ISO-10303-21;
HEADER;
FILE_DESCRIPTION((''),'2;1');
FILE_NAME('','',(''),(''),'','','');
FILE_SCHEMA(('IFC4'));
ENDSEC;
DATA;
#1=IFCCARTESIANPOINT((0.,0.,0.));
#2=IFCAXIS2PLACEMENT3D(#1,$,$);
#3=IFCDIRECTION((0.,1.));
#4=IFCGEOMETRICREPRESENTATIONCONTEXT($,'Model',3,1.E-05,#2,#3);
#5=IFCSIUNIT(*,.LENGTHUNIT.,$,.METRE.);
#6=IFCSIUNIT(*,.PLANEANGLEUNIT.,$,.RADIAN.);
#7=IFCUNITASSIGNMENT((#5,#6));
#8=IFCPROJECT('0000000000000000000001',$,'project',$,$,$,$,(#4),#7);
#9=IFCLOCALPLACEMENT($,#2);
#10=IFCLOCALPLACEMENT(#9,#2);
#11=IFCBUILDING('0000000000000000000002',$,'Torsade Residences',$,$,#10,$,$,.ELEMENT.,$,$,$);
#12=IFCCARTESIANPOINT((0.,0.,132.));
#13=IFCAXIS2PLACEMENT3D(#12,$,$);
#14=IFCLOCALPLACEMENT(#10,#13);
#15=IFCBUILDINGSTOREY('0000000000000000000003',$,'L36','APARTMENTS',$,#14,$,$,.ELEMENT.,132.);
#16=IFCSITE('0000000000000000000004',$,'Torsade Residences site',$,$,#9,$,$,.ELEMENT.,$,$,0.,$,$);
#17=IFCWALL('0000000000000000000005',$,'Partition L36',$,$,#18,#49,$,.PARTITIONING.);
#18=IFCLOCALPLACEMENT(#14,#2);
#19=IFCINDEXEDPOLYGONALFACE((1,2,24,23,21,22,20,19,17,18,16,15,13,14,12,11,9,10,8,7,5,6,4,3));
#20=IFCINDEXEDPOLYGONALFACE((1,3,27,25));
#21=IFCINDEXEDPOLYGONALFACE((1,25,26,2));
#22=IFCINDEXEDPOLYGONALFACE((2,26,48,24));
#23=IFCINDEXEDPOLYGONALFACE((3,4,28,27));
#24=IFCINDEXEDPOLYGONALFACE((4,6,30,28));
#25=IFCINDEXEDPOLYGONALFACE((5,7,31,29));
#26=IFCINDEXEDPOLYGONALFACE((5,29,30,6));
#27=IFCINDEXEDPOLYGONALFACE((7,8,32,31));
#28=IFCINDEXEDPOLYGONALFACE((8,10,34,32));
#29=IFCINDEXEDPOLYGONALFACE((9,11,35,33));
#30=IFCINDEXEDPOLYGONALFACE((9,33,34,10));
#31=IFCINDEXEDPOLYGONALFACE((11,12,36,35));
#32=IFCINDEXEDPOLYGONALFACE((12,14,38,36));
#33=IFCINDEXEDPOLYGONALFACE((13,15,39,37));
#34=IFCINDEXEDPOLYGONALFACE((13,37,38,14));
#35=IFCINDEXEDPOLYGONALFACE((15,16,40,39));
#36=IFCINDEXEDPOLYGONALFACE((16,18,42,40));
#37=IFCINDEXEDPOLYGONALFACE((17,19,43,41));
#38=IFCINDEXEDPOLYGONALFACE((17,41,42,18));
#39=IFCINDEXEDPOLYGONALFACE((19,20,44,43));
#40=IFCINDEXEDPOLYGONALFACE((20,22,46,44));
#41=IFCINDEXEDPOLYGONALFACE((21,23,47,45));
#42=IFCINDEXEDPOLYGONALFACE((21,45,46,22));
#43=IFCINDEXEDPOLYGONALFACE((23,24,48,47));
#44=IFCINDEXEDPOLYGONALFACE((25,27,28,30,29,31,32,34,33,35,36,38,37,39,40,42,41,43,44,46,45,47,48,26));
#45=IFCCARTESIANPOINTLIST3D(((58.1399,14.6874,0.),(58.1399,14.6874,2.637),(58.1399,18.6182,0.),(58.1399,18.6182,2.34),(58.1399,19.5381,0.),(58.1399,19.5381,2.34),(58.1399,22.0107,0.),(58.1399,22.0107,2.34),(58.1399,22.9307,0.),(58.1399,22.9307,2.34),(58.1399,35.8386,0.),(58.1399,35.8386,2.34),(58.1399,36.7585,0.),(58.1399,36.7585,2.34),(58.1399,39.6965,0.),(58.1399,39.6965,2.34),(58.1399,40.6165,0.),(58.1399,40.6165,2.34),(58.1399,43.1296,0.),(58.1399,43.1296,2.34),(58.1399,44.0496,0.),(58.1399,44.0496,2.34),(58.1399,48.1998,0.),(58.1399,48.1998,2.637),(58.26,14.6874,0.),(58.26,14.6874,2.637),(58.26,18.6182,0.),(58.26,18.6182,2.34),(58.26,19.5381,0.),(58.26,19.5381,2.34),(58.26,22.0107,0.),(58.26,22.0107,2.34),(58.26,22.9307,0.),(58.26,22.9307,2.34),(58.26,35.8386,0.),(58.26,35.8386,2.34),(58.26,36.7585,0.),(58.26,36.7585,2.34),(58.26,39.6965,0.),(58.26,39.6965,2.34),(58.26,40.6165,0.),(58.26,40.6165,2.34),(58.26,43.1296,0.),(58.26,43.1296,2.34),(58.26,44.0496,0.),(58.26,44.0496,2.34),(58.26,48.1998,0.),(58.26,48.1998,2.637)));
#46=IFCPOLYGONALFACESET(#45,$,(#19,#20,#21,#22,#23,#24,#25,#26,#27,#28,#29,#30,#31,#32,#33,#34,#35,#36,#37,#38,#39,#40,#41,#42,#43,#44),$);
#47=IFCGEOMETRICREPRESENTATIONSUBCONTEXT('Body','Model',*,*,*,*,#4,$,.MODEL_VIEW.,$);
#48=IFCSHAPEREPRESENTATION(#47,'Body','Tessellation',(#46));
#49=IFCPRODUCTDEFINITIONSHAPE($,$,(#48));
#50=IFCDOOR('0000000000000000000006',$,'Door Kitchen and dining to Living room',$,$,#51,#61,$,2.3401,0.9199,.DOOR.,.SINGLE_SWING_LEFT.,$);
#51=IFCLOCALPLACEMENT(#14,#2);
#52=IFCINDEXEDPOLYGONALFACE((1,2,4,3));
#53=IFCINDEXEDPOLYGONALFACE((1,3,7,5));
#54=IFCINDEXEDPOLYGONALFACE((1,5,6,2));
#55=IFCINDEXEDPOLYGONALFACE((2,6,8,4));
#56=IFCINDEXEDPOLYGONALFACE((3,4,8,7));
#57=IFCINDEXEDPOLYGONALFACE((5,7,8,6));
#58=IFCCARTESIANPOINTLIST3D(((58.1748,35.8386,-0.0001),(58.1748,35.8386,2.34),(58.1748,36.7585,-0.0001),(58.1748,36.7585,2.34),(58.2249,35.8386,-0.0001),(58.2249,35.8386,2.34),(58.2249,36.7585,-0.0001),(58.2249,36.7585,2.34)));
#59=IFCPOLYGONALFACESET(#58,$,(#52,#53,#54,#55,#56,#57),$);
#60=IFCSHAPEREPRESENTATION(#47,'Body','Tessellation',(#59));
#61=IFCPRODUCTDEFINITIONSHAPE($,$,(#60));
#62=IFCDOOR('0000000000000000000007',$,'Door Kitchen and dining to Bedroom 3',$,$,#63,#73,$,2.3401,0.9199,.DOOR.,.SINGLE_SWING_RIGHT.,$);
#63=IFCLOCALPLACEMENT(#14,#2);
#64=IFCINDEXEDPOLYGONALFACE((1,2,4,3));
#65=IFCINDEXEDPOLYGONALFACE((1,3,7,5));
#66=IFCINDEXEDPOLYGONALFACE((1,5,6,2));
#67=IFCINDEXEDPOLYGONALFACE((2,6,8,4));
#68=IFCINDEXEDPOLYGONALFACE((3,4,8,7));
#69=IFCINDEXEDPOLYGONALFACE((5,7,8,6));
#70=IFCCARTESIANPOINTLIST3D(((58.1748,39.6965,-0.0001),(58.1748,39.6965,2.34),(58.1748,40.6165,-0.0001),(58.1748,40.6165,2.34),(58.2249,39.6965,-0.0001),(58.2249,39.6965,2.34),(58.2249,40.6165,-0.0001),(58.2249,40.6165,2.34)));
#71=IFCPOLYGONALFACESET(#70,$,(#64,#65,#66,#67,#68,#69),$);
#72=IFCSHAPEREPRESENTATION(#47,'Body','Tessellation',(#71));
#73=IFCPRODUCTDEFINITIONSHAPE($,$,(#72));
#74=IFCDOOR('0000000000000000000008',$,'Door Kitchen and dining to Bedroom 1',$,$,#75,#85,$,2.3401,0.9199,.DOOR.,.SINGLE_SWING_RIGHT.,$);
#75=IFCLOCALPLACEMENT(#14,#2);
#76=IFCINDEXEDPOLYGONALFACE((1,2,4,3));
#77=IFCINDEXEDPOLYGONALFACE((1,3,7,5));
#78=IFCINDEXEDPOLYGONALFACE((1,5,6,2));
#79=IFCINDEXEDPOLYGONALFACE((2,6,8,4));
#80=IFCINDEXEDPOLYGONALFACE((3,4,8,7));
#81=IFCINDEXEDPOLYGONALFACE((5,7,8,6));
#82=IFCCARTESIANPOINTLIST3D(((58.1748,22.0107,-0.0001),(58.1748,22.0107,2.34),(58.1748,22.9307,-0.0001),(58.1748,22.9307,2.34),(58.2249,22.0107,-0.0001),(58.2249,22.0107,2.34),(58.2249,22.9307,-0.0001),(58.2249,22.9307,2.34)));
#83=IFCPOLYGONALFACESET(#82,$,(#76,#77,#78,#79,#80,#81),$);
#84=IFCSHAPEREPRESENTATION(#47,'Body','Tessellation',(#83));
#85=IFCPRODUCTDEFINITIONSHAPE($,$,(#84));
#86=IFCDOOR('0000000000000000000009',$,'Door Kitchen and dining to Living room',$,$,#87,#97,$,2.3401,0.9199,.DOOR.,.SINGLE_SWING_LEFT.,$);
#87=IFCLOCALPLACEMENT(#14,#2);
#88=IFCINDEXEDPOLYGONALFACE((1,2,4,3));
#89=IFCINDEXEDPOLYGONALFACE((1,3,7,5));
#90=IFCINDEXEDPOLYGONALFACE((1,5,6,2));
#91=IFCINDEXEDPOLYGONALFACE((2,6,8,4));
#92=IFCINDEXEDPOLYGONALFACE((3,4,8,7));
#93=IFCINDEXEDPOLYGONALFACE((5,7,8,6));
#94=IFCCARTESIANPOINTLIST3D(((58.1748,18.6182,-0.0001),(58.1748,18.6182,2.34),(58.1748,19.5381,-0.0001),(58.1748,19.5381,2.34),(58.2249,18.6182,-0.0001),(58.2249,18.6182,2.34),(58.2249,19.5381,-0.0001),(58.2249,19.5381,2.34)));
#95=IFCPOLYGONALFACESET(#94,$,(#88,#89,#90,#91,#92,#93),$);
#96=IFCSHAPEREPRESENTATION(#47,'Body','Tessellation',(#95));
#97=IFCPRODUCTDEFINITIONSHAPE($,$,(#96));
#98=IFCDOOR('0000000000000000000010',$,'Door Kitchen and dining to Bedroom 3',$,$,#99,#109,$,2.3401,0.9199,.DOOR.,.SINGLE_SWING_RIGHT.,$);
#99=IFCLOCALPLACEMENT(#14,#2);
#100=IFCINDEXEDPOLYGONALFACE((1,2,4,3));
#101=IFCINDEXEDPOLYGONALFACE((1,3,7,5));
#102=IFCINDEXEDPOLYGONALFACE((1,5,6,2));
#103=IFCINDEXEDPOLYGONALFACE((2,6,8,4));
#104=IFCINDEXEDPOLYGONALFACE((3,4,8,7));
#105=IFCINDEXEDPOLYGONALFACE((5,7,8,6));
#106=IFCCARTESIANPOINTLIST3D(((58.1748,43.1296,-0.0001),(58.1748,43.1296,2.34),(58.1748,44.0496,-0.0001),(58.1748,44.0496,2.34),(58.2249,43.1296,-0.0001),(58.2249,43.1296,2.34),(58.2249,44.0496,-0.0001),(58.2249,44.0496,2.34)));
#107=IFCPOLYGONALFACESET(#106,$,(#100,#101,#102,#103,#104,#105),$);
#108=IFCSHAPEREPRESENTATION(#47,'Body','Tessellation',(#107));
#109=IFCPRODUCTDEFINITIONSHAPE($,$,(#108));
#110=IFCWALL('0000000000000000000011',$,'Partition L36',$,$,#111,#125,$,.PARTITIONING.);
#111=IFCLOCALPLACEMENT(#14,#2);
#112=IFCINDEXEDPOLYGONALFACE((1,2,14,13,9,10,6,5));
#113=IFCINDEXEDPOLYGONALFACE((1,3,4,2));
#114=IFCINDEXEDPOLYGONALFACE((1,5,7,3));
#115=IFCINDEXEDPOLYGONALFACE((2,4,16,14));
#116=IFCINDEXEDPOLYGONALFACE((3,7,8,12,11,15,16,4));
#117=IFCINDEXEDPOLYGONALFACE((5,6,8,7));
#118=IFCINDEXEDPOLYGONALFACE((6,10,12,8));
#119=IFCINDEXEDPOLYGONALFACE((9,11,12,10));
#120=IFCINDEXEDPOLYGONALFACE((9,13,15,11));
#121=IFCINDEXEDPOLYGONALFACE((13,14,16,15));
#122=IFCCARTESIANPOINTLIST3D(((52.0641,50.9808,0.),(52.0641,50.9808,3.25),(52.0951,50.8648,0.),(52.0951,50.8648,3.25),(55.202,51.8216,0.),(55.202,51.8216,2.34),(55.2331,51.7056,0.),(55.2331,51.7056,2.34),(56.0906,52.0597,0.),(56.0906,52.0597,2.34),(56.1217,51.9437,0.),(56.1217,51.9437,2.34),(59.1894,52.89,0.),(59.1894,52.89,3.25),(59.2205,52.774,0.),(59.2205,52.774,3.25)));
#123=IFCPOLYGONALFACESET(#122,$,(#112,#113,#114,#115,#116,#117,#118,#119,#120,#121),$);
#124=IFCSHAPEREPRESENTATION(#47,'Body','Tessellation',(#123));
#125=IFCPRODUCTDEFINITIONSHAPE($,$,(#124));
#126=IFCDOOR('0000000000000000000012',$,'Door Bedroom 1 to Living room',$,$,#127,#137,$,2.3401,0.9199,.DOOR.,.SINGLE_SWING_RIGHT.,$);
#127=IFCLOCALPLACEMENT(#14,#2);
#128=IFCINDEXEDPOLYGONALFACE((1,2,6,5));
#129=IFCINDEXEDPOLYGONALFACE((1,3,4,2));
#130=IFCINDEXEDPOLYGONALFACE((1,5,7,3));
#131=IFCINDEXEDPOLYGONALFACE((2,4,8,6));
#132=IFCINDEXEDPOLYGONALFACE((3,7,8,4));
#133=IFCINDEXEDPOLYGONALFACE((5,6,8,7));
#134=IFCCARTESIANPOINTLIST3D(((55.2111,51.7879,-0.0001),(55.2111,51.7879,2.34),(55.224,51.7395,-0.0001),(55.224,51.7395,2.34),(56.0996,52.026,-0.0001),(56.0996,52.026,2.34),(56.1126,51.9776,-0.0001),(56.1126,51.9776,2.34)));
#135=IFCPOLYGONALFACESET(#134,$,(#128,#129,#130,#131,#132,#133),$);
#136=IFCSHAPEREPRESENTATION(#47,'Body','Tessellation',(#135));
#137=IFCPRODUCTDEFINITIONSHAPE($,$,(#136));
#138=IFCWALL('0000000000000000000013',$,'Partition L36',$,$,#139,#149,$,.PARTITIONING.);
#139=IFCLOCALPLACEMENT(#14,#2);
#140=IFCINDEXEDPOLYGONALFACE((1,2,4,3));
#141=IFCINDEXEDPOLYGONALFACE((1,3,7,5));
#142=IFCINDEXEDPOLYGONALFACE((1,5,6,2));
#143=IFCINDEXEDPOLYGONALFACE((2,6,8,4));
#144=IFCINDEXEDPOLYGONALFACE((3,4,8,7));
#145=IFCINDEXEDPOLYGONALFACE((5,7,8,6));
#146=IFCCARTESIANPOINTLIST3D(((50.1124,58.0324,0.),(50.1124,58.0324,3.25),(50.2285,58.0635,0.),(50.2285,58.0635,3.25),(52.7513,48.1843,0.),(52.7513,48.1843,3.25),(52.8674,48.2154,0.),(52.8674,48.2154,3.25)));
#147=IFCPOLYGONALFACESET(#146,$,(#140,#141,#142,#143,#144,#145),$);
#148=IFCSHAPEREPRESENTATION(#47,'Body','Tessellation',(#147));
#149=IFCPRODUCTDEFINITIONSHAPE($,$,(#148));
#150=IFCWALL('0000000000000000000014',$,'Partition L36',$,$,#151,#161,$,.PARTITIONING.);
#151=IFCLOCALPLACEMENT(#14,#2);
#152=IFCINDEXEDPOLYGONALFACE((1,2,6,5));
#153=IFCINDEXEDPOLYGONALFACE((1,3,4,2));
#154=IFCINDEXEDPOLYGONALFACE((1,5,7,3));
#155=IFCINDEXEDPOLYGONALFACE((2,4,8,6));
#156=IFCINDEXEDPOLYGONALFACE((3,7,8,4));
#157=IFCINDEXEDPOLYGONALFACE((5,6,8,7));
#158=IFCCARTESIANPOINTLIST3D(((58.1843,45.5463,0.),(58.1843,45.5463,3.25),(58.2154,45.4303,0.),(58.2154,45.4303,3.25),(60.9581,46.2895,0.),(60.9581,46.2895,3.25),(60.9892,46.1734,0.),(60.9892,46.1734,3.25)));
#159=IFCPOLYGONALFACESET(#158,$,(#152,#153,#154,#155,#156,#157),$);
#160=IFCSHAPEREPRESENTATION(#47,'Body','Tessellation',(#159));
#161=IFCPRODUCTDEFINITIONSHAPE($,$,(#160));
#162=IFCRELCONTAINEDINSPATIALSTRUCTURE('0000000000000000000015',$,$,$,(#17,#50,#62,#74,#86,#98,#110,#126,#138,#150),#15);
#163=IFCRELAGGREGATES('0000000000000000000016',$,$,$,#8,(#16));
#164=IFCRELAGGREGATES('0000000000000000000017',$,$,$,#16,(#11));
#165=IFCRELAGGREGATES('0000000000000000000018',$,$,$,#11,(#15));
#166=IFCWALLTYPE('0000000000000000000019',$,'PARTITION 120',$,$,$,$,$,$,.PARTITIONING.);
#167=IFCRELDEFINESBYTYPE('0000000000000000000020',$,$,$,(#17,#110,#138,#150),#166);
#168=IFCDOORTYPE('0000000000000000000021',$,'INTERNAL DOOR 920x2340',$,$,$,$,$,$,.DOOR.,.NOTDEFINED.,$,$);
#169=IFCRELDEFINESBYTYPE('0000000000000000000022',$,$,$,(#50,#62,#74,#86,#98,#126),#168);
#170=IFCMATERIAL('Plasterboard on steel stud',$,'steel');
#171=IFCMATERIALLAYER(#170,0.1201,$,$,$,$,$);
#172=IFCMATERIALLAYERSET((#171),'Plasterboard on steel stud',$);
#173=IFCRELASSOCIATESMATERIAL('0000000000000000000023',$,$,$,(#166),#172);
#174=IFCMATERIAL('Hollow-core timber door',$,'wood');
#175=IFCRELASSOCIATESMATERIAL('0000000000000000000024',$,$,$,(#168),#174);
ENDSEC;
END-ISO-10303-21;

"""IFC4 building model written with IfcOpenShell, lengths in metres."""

from ifc_helpers import new_model, si_unit, direction, frame, frame_2d, origin, place, context, subcontext, project, spatial, rectangle, extrude, material, layer, layer_set, type_object, element, fill, save


model = new_model("IFC4")

# Units and contexts
model_context = context("Model", 3, precision=1e-05, world=origin(), true_north=direction((0.0, 1.0)))
body_context = subcontext(model_context, "Body", "Model", "MODEL_VIEW")
ifc_project = project(units=[si_unit("LENGTHUNIT", "METRE"), si_unit("PLANEANGLEUNIT", "RADIAN")], contexts=[model_context])

# Site, building, storey
site_placement = place(None, origin())
site = spatial("IfcSite", under=ifc_project, at=site_placement, Name="Torsade Residences site", CompositionType="ELEMENT", RefElevation=0.0)
building_placement = place(site_placement, origin())
building = spatial("IfcBuilding", under=site, at=building_placement, Name="Torsade Residences", CompositionType="ELEMENT")
storey_placement = place(building_placement, frame((0.0, 0.0, 132.0)))
storey = spatial("IfcBuildingStorey", under=building, at=storey_placement, Name="L36", Description="APARTMENTS", CompositionType="ELEMENT", Elevation=132.0)

# Wall, openings, doors
ifc_material_1 = material(Name="Plasterboard on steel stud", Category="steel")
ifc_layer_1 = layer(ifc_material_1, 0.1201)
ifc_layer_set_1 = layer_set([ifc_layer_1], Name="Plasterboard on steel stud")
wall_type = type_object("IfcWallType", Name="PARTITION 120", PredefinedType="PARTITIONING", material=ifc_layer_set_1)
wall_1_placement = place(storey_placement, frame((58.2, 48.2, 0.0), z_axis=(0.0, 0.0, 1.0), x_axis=(0.0, -1.0, 0.0)))
wall_1 = element("IfcWall", 1, at=wall_1_placement, inside=storey, type_object=wall_type, Name="Partition L36", PredefinedType="PARTITIONING", context=body_context, shape_type="SweptSolid", body=[
    extrude(rectangle(XDim=33.5125, YDim=0.1201, at=frame_2d((16.7563, 0.0))), origin(), (0.0, 0.0, 1.0), 2.637),
])
opening_1_placement = place(wall_1_placement, frame((11.4414, 0.0, 0.0)))
opening_1 = element("IfcOpeningElement", 2, at=opening_1_placement, cuts=wall_1, PredefinedType="OPENING", context=body_context, shape_type="SweptSolid", body=[
    extrude(rectangle(XDim=0.9199, YDim=2.3401, at=frame_2d((0.46, 1.1699))), frame((0.0, 0.0701, 0.0), z_axis=(0.0, -1.0, 0.0), x_axis=(1.0, 0.0, 0.0)), (0.0, 0.0, 1.0), 0.1401),
])
opening_2_placement = place(wall_1_placement, frame((7.5835, 0.0, 0.0)))
opening_2 = element("IfcOpeningElement", 3, at=opening_2_placement, cuts=wall_1, PredefinedType="OPENING", context=body_context, shape_type="SweptSolid", body=[
    extrude(rectangle(XDim=0.9199, YDim=2.3401, at=frame_2d((0.46, 1.1699))), frame((0.0, 0.0701, 0.0), z_axis=(0.0, -1.0, 0.0), x_axis=(1.0, 0.0, 0.0)), (0.0, 0.0, 1.0), 0.1401),
])
opening_3_placement = place(wall_1_placement, frame((25.2693, 0.0, 0.0)))
opening_3 = element("IfcOpeningElement", 4, at=opening_3_placement, cuts=wall_1, PredefinedType="OPENING", context=body_context, shape_type="SweptSolid", body=[
    extrude(rectangle(XDim=0.9199, YDim=2.3401, at=frame_2d((0.46, 1.1699))), frame((0.0, 0.0701, 0.0), z_axis=(0.0, -1.0, 0.0), x_axis=(1.0, 0.0, 0.0)), (0.0, 0.0, 1.0), 0.1401),
])
opening_4_placement = place(wall_1_placement, frame((28.6619, 0.0, 0.0)))
opening_4 = element("IfcOpeningElement", 5, at=opening_4_placement, cuts=wall_1, PredefinedType="OPENING", context=body_context, shape_type="SweptSolid", body=[
    extrude(rectangle(XDim=0.9199, YDim=2.3401, at=frame_2d((0.46, 1.1699))), frame((0.0, 0.0701, 0.0), z_axis=(0.0, -1.0, 0.0), x_axis=(1.0, 0.0, 0.0)), (0.0, 0.0, 1.0), 0.1401),
])
opening_5_placement = place(wall_1_placement, frame((4.1504, 0.0, 0.0)))
opening_5 = element("IfcOpeningElement", 6, at=opening_5_placement, cuts=wall_1, PredefinedType="OPENING", context=body_context, shape_type="SweptSolid", body=[
    extrude(rectangle(XDim=0.9199, YDim=2.3401, at=frame_2d((0.46, 1.1699))), frame((0.0, 0.0701, 0.0), z_axis=(0.0, -1.0, 0.0), x_axis=(1.0, 0.0, 0.0)), (0.0, 0.0, 1.0), 0.1401),
])
ifc_material_2 = material(Name="Hollow-core timber door", Category="wood")
door_type = type_object("IfcDoorType", Name="INTERNAL DOOR 920x2340", OperationType="NOTDEFINED", PredefinedType="DOOR", material=ifc_material_2)
door_1_placement = place(opening_1_placement, origin())
door_1 = element("IfcDoor", 7, at=door_1_placement, inside=storey, type_object=door_type, Name="Door Kitchen and dining to Living room", OperationType="SINGLE_SWING_LEFT", OverallHeight=2.3401, OverallWidth=0.9199, PredefinedType="DOOR", context=body_context, shape_type="SweptSolid", body=[
    extrude(rectangle(XDim=0.9199, YDim=2.3401, at=frame_2d((0.46, 1.1699))), frame((0.0, 0.0249, 0.0), z_axis=(0.0, -1.0, 0.0), x_axis=(1.0, 0.0, 0.0)), (0.0, 0.0, 1.0), 0.05),
])
fill(opening_1, door_1)
door_2_placement = place(opening_2_placement, origin())
door_2 = element("IfcDoor", 8, at=door_2_placement, inside=storey, type_object=door_type, Name="Door Kitchen and dining to Bedroom 3", OperationType="SINGLE_SWING_RIGHT", OverallHeight=2.3401, OverallWidth=0.9199, PredefinedType="DOOR", context=body_context, shape_type="SweptSolid", body=[
    extrude(rectangle(XDim=0.9199, YDim=2.3401, at=frame_2d((0.46, 1.1699))), frame((0.0, 0.0249, 0.0), z_axis=(0.0, -1.0, 0.0), x_axis=(1.0, 0.0, 0.0)), (0.0, 0.0, 1.0), 0.05),
])
fill(opening_2, door_2)
door_3_placement = place(opening_3_placement, origin())
door_3 = element("IfcDoor", 9, at=door_3_placement, inside=storey, type_object=door_type, Name="Door Kitchen and dining to Bedroom 1", OperationType="SINGLE_SWING_RIGHT", OverallHeight=2.3401, OverallWidth=0.9199, PredefinedType="DOOR", context=body_context, shape_type="SweptSolid", body=[
    extrude(rectangle(XDim=0.9199, YDim=2.3401, at=frame_2d((0.46, 1.1699))), frame((0.0, 0.0249, 0.0), z_axis=(0.0, -1.0, 0.0), x_axis=(1.0, 0.0, 0.0)), (0.0, 0.0, 1.0), 0.05),
])
fill(opening_3, door_3)
door_4_placement = place(opening_4_placement, origin())
door_4 = element("IfcDoor", 10, at=door_4_placement, inside=storey, type_object=door_type, Name="Door Kitchen and dining to Living room", OperationType="SINGLE_SWING_LEFT", OverallHeight=2.3401, OverallWidth=0.9199, PredefinedType="DOOR", context=body_context, shape_type="SweptSolid", body=[
    extrude(rectangle(XDim=0.9199, YDim=2.3401, at=frame_2d((0.46, 1.1699))), frame((0.0, 0.0249, 0.0), z_axis=(0.0, -1.0, 0.0), x_axis=(1.0, 0.0, 0.0)), (0.0, 0.0, 1.0), 0.05),
])
fill(opening_4, door_4)
door_5_placement = place(opening_5_placement, origin())
door_5 = element("IfcDoor", 11, at=door_5_placement, inside=storey, type_object=door_type, Name="Door Kitchen and dining to Bedroom 3", OperationType="SINGLE_SWING_RIGHT", OverallHeight=2.3401, OverallWidth=0.9199, PredefinedType="DOOR", context=body_context, shape_type="SweptSolid", body=[
    extrude(rectangle(XDim=0.9199, YDim=2.3401, at=frame_2d((0.46, 1.1699))), frame((0.0, 0.0249, 0.0), z_axis=(0.0, -1.0, 0.0), x_axis=(1.0, 0.0, 0.0)), (0.0, 0.0, 1.0), 0.05),
])
fill(opening_5, door_5)

# Wall, opening, door
wall_2_placement = place(storey_placement, frame((59.2051, 52.832, 0.0), z_axis=(0.0, 0.0, 1.0), x_axis=(-0.965927, -0.258816, 0.0)))
wall_2 = element("IfcWall", 12, at=wall_2_placement, inside=storey, type_object=wall_type, Name="Partition L36", PredefinedType="PARTITIONING", context=body_context, shape_type="SweptSolid", body=[
    extrude(rectangle(XDim=7.3767, YDim=0.1201, at=frame_2d((3.6885, 0.0))), origin(), (0.0, 0.0, 1.0), 3.25),
])
opening_6_placement = place(wall_2_placement, frame((3.2083, 0.0, 0.0)))
opening_6 = element("IfcOpeningElement", 13, at=opening_6_placement, cuts=wall_2, PredefinedType="OPENING", context=body_context, shape_type="SweptSolid", body=[
    extrude(rectangle(XDim=0.9199, YDim=2.3401, at=frame_2d((0.46, 1.1699))), frame((0.0, 0.0701, 0.0), z_axis=(0.0, -1.0, 0.0), x_axis=(1.0, 0.0, 0.0)), (0.0, 0.0, 1.0), 0.1401),
])
door_6_placement = place(opening_6_placement, origin())
door_6 = element("IfcDoor", 14, at=door_6_placement, inside=storey, type_object=door_type, Name="Door Bedroom 1 to Living room", OperationType="SINGLE_SWING_RIGHT", OverallHeight=2.3401, OverallWidth=0.9199, PredefinedType="DOOR", context=body_context, shape_type="SweptSolid", body=[
    extrude(rectangle(XDim=0.9199, YDim=2.3401, at=frame_2d((0.46, 1.1699))), frame((0.0, 0.0249, 0.0), z_axis=(0.0, -1.0, 0.0), x_axis=(1.0, 0.0, 0.0)), (0.0, 0.0, 1.0), 0.05),
])
fill(opening_6, door_6)

# Walls
wall_3_placement = place(storey_placement, frame((52.8093, 48.2, 0.0), z_axis=(0.0, 0.0, 1.0), x_axis=(-0.258829, 0.965923, 0.0)))
element("IfcWall", 15, at=wall_3_placement, inside=storey, type_object=wall_type, Name="Partition L36", PredefinedType="PARTITIONING", context=body_context, shape_type="SweptSolid", body=[
    extrude(rectangle(XDim=10.1956, YDim=0.1201, at=frame_2d((5.0977, 0.0))), origin(), (0.0, 0.0, 1.0), 3.25),
])
wall_4_placement = place(storey_placement, frame((60.9736, 46.2314, 0.0), z_axis=(0.0, 0.0, 1.0), x_axis=(-0.965929, -0.258805, 0.0)))
element("IfcWall", 16, at=wall_4_placement, inside=storey, type_object=wall_type, Name="Partition L36", PredefinedType="PARTITIONING", context=body_context, shape_type="SweptSolid", body=[
    extrude(rectangle(XDim=2.8716, YDim=0.1201, at=frame_2d((1.4358, 0.0))), origin(), (0.0, 0.0, 1.0), 3.25),
])

save(model, "model.ifc")
